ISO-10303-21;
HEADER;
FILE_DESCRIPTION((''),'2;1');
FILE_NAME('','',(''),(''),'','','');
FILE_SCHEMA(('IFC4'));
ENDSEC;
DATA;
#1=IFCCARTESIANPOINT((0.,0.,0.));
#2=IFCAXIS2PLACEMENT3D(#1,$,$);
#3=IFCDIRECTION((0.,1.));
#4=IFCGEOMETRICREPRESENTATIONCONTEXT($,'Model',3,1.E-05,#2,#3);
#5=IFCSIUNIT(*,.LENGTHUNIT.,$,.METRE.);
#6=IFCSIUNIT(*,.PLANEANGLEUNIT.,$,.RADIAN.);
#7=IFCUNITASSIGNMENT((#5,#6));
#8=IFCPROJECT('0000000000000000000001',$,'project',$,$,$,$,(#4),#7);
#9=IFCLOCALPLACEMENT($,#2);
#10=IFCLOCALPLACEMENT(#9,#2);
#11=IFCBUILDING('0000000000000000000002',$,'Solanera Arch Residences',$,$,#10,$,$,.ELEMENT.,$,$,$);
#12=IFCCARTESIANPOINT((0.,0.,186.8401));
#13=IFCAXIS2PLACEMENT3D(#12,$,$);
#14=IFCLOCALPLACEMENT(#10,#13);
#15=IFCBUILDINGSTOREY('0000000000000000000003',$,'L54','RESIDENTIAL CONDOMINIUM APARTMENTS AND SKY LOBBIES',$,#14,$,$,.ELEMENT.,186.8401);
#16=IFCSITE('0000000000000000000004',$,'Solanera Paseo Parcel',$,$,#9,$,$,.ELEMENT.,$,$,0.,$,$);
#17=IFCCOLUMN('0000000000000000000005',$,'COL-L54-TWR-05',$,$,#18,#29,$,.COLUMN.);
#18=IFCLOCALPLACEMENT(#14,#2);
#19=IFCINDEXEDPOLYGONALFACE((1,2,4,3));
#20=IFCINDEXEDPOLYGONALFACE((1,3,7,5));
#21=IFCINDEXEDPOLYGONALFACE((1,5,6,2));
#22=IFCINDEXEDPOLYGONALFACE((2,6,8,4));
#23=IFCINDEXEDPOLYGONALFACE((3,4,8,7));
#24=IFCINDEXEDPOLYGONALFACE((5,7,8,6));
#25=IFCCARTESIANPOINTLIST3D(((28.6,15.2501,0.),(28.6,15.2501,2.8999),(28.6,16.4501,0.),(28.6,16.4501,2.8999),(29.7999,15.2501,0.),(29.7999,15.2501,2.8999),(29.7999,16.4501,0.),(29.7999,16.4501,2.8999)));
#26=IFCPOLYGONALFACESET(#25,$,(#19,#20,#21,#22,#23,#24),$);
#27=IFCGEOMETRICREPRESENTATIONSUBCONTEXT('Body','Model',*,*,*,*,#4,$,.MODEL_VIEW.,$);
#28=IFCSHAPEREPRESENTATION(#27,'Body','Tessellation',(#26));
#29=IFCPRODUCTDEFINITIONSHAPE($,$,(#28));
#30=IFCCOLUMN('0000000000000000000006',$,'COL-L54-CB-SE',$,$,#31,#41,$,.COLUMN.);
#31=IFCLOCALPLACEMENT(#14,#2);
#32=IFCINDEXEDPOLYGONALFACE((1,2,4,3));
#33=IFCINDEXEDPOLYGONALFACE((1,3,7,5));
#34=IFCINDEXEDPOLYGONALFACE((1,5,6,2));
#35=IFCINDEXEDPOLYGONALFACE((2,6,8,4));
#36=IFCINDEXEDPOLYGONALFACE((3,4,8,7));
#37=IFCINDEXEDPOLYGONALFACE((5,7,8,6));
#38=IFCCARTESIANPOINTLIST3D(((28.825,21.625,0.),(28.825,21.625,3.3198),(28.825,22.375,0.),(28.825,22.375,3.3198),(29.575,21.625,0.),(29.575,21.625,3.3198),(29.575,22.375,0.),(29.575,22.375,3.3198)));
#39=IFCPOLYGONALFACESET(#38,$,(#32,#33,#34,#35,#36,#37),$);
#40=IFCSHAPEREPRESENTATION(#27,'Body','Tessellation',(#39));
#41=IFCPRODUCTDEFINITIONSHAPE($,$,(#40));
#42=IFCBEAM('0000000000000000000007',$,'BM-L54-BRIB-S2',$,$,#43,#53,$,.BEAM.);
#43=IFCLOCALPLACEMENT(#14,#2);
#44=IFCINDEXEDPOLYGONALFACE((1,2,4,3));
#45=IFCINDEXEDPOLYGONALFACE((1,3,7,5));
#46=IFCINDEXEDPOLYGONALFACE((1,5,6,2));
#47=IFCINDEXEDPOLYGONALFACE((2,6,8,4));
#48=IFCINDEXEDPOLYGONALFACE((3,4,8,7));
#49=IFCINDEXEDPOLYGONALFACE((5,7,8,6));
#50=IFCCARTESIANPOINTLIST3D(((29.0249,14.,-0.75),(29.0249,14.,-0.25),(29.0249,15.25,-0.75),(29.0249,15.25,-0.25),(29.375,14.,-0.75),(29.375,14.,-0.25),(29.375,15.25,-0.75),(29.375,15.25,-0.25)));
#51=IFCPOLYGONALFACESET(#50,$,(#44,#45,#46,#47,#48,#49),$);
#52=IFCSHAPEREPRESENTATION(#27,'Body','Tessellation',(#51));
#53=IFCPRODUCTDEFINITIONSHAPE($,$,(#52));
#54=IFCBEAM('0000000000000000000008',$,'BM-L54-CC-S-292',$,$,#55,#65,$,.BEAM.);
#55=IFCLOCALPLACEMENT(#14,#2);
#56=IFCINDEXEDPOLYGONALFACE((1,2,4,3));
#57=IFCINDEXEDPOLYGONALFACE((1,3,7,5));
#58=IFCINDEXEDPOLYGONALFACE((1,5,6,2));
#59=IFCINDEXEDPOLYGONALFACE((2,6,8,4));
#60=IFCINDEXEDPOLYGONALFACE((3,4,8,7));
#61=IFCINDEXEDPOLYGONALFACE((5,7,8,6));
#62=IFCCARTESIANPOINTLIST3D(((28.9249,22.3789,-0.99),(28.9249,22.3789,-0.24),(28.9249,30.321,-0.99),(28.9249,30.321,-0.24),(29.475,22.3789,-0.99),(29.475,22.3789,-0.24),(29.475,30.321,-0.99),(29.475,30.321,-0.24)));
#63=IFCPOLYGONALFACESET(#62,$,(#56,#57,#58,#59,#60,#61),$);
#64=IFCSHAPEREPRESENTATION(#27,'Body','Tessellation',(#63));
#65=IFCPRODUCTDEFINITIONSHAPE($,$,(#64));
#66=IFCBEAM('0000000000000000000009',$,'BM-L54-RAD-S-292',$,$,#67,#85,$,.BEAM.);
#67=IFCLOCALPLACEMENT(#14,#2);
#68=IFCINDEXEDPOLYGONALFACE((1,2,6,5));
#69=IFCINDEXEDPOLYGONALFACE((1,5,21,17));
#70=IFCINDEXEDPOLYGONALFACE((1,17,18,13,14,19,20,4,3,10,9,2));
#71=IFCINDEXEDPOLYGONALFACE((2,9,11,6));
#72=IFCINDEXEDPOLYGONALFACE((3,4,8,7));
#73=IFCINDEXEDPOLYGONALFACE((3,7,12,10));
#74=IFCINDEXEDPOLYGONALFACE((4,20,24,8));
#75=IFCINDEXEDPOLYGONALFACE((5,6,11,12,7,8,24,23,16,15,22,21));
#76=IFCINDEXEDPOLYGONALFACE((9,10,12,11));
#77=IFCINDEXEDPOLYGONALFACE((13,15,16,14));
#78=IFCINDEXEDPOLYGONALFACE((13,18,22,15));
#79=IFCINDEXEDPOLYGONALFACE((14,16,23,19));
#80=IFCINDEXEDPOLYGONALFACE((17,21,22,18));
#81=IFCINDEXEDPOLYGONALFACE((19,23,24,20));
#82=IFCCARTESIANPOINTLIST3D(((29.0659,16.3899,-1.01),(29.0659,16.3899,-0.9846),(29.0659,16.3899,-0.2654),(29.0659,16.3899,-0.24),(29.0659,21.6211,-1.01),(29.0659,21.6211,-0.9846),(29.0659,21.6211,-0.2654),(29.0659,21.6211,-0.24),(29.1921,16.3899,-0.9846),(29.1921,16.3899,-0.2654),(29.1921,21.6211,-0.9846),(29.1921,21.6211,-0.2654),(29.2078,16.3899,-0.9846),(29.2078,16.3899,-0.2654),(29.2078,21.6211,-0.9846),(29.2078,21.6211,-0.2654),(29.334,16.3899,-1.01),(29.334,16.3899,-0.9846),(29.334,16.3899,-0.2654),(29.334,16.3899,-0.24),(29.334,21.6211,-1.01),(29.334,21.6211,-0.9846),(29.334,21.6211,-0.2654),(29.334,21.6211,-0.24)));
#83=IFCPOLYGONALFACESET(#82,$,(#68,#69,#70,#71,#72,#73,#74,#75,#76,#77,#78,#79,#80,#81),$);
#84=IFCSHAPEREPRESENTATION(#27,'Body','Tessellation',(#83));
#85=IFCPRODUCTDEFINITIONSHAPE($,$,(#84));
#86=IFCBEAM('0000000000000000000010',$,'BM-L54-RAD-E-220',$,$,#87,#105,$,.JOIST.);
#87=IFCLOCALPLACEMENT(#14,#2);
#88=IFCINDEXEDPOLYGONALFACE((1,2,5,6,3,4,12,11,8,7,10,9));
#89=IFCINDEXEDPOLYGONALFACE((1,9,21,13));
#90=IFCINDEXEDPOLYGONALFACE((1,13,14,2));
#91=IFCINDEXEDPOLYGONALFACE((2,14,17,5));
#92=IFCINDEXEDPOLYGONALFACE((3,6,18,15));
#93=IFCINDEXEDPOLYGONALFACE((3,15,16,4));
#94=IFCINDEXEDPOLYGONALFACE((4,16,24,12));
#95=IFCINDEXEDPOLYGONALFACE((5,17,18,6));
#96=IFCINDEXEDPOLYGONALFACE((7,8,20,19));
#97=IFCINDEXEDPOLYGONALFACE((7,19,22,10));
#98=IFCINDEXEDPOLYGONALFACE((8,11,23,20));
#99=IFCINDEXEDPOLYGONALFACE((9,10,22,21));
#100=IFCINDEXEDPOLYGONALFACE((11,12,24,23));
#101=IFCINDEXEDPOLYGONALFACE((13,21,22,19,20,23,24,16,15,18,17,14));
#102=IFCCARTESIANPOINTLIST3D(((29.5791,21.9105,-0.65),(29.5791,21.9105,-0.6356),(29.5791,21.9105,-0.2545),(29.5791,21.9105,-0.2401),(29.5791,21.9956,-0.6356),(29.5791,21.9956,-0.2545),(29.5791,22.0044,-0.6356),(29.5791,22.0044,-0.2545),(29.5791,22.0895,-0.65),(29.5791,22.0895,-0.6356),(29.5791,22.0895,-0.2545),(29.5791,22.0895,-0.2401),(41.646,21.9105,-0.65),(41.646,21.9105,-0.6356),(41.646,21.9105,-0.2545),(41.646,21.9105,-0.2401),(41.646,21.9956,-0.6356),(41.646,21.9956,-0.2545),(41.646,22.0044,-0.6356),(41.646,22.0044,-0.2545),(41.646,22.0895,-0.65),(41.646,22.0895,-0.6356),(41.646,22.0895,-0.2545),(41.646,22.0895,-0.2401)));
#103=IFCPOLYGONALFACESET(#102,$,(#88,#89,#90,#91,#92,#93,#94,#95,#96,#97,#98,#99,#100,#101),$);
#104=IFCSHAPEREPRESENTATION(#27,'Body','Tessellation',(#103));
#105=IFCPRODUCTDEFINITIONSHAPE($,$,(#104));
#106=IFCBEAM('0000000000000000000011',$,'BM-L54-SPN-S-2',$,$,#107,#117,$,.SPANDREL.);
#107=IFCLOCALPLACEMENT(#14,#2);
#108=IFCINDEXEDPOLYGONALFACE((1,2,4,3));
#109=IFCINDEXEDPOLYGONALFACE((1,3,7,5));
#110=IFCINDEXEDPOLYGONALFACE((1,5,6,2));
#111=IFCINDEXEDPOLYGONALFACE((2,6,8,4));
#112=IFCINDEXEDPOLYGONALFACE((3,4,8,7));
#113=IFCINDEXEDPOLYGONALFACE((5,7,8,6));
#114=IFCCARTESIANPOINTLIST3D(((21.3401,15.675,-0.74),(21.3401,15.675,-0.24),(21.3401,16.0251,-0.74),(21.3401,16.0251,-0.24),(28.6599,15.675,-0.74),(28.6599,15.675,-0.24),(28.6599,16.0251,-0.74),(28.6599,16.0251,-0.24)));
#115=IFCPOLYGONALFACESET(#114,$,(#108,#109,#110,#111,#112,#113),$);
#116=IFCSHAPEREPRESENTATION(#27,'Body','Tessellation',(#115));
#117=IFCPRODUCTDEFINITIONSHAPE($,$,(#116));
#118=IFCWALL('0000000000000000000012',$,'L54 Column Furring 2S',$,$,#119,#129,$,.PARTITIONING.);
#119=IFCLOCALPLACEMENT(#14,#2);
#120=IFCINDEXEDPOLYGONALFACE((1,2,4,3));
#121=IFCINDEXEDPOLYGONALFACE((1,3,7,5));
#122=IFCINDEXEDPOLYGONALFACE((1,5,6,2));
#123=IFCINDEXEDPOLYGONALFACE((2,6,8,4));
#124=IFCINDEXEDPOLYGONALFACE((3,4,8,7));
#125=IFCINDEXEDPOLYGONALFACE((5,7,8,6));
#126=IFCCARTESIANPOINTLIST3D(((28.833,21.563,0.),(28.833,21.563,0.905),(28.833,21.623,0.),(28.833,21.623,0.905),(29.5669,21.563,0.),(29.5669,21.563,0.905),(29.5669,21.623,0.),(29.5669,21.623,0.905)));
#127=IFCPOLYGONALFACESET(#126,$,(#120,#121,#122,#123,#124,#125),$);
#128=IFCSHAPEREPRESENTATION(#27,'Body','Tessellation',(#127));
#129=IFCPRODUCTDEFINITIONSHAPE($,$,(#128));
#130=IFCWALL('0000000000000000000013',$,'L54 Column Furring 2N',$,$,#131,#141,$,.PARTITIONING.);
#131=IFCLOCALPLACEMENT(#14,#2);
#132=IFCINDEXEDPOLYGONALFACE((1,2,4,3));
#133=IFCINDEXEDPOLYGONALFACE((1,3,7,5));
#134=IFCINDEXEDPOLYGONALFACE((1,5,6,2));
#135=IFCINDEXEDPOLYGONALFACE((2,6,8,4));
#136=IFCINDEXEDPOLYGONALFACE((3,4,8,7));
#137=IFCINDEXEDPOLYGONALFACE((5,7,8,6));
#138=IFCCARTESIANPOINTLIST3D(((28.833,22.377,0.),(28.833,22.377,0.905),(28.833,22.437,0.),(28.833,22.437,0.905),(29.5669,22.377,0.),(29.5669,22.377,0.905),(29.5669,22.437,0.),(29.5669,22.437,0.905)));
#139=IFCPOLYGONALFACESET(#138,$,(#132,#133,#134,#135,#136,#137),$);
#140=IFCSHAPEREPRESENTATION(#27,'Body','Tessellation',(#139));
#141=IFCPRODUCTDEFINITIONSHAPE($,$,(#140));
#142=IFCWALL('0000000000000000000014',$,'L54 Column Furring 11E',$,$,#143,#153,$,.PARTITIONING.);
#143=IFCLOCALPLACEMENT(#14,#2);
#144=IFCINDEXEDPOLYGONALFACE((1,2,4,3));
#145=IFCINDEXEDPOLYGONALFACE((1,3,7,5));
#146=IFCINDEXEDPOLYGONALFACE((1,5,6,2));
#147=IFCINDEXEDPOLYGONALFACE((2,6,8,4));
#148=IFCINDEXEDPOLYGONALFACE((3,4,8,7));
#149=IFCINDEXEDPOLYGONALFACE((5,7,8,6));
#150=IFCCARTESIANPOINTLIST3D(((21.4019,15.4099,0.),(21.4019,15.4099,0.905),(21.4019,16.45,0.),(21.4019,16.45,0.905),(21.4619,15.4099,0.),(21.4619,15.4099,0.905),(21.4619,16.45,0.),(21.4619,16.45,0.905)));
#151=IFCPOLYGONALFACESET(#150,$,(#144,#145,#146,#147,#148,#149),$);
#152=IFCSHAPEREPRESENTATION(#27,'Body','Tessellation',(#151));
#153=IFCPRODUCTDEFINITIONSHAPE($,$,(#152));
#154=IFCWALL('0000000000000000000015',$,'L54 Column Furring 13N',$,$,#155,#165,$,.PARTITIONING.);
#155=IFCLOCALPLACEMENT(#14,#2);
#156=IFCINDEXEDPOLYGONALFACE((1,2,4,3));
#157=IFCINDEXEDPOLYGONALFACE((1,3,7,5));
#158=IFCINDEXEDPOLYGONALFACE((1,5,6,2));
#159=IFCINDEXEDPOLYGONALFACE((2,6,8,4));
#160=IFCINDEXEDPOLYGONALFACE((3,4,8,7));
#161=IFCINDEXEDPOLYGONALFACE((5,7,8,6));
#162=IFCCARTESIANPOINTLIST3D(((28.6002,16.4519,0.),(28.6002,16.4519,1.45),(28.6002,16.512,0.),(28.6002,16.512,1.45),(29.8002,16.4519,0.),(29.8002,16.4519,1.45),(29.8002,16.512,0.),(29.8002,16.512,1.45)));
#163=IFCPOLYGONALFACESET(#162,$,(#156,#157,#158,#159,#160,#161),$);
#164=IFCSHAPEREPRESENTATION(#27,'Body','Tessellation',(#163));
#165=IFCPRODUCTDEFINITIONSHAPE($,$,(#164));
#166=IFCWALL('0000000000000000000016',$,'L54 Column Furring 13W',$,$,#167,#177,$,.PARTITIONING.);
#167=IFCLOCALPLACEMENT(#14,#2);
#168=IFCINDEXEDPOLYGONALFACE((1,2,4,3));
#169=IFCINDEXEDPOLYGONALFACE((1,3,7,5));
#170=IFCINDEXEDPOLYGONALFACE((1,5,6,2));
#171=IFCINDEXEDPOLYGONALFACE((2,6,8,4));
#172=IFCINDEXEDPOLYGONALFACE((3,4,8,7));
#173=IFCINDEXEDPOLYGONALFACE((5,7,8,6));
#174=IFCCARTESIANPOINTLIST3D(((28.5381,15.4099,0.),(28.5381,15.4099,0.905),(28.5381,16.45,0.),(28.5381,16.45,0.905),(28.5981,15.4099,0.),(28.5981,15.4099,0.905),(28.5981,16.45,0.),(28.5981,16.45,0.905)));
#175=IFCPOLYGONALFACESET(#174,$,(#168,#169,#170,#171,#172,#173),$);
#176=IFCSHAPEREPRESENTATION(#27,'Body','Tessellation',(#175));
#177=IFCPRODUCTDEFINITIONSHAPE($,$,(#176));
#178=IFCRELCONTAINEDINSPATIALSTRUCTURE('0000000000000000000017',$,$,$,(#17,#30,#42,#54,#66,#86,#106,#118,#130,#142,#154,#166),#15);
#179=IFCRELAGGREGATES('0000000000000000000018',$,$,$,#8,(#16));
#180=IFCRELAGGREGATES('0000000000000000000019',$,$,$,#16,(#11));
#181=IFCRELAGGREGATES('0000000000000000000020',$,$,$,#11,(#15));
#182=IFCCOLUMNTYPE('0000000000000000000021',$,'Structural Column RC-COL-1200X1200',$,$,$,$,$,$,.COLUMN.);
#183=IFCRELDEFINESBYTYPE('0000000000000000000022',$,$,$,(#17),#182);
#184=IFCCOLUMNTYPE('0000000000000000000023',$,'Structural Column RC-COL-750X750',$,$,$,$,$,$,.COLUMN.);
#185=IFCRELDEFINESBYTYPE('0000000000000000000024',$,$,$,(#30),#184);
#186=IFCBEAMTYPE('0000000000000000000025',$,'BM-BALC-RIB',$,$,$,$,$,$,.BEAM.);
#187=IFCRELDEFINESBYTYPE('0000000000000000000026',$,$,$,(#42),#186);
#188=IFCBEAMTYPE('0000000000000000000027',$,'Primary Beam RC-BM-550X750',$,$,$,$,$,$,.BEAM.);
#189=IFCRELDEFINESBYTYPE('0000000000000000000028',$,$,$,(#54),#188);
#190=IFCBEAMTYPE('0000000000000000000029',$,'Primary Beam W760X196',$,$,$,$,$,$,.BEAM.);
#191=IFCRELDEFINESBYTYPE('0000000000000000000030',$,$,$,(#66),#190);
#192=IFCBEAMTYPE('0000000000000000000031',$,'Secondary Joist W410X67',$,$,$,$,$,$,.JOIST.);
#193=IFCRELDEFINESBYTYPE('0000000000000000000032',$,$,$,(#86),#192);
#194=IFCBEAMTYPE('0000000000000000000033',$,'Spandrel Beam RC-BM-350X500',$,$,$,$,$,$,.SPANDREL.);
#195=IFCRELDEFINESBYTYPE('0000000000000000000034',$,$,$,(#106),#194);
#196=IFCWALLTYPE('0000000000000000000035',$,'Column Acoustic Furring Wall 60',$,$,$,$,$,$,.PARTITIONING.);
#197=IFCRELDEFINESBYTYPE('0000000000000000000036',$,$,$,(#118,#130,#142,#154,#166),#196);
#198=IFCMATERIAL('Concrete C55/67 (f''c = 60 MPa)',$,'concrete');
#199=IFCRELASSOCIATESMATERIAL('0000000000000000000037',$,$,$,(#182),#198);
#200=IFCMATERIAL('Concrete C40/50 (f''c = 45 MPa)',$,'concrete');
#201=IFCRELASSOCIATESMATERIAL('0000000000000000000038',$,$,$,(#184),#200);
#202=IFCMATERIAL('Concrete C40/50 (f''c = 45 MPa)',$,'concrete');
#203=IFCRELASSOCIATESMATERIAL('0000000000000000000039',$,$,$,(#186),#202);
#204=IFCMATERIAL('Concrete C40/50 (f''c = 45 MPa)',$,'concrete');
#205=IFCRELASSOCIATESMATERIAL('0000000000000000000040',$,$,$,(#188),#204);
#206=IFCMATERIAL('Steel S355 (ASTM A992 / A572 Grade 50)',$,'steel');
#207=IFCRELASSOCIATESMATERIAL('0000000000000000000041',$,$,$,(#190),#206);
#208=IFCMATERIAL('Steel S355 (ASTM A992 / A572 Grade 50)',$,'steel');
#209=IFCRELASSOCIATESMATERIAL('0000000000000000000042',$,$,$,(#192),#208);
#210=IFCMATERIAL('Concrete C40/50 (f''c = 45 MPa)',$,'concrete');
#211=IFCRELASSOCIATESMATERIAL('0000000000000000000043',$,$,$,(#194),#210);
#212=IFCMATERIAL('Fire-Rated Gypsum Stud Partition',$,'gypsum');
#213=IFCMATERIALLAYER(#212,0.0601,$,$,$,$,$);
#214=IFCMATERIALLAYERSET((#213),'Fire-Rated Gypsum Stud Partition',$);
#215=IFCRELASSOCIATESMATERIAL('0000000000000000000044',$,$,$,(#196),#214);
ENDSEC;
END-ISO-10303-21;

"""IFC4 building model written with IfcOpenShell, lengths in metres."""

from ifc_helpers import new_model, si_unit, direction, frame, frame_2d, origin, origin_2d, place, context, subcontext, project, spatial, rectangle, i_section, extrude, material, layer, layer_set, material_profile, profile_set, type_object, element, save


model = new_model("IFC4")

# Units and contexts
model_context = context("Model", 3, precision=1e-05, world=origin(), true_north=direction((0.0, 1.0)))
body_context = subcontext(model_context, "Body", "Model", "MODEL_VIEW")
ifc_project = project(units=[si_unit("LENGTHUNIT", "METRE"), si_unit("PLANEANGLEUNIT", "RADIAN")], contexts=[model_context])

# Site, building, storey
site_placement = place(None, origin())
site = spatial("IfcSite", under=ifc_project, at=site_placement, Name="Solanera Paseo Parcel", CompositionType="ELEMENT", RefElevation=0.0)
building_placement = place(site_placement, origin())
building = spatial("IfcBuilding", under=site, at=building_placement, Name="Solanera Arch Residences", CompositionType="ELEMENT")
storey_placement = place(building_placement, frame((0.0, 0.0, 186.8401)))
storey = spatial("IfcBuildingStorey", under=building, at=storey_placement, Name="L54", Description="RESIDENTIAL CONDOMINIUM APARTMENTS AND SKY LOBBIES", CompositionType="ELEMENT", Elevation=186.8401)

# Columns
ifc_material_1 = material(Name="Concrete C55/67 (f'c = 60 MPa)", Category="concrete")
ifc_material_profile_1 = material_profile(ifc_material_1, rectangle(XDim=1.2, YDim=1.2, at=origin_2d()))
ifc_profile_set_1 = profile_set([ifc_material_profile_1], Name="Concrete C55/67 (f'c = 60 MPa)")
column_type_1 = type_object("IfcColumnType", Name="Structural Column RC-COL-1200X1200", PredefinedType="COLUMN", material=ifc_profile_set_1)
column_1_placement = place(storey_placement, frame((29.2, 15.8501, 0.0), z_axis=(0.0, 0.0, 1.0), x_axis=(1.0, 0.0, 0.0)))
element("IfcColumn", 1, at=column_1_placement, inside=storey, type_object=column_type_1, Name="COL-L54-TWR-05", PredefinedType="COLUMN", context=body_context, shape_type="SweptSolid", body=[
    extrude(rectangle(XDim=1.2, YDim=1.2, at=origin_2d()), origin(), (0.0, 0.0, 1.0), 2.8999),
])
ifc_material_2 = material(Name="Concrete C40/50 (f'c = 45 MPa)", Category="concrete")
ifc_material_profile_2 = material_profile(ifc_material_2, rectangle(XDim=0.75, YDim=0.75, at=origin_2d()))
ifc_profile_set_2 = profile_set([ifc_material_profile_2], Name="Concrete C40/50 (f'c = 45 MPa)")
column_type_2 = type_object("IfcColumnType", Name="Structural Column RC-COL-750X750", PredefinedType="COLUMN", material=ifc_profile_set_2)
column_2_placement = place(storey_placement, frame((29.2, 22.0, 0.0), z_axis=(0.0, 0.0, 1.0), x_axis=(1.0, 0.0, 0.0)))
element("IfcColumn", 2, at=column_2_placement, inside=storey, type_object=column_type_2, Name="COL-L54-CB-SE", PredefinedType="COLUMN", context=body_context, shape_type="SweptSolid", body=[
    extrude(rectangle(XDim=0.75, YDim=0.75, at=origin_2d()), origin(), (0.0, 0.0, 1.0), 3.3198),
])

# Beams
ifc_material_3 = material(Name="Concrete C40/50 (f'c = 45 MPa)", Category="concrete")
ifc_material_profile_3 = material_profile(ifc_material_3, rectangle(XDim=0.3501, YDim=0.5, at=origin_2d()))
ifc_profile_set_3 = profile_set([ifc_material_profile_3], Name="Concrete C40/50 (f'c = 45 MPa)")
beam_type_1 = type_object("IfcBeamType", Name="BM-BALC-RIB", PredefinedType="BEAM", material=ifc_profile_set_3)
beam_1_placement = place(storey_placement, frame((29.2, 14.0, -0.5), z_axis=(0.0, 1.0, 0.0), x_axis=(-1.0, 0.0, 0.0)))
element("IfcBeam", 3, at=beam_1_placement, inside=storey, type_object=beam_type_1, Name="BM-L54-BRIB-S2", PredefinedType="BEAM", context=body_context, shape_type="SweptSolid", body=[
    extrude(rectangle(XDim=0.3501, YDim=0.5, at=origin_2d()), origin(), (0.0, 0.0, 1.0), 1.25),
])
ifc_material_4 = material(Name="Concrete C40/50 (f'c = 45 MPa)", Category="concrete")
ifc_material_profile_4 = material_profile(ifc_material_4, rectangle(XDim=0.55, YDim=0.75, at=origin_2d()))
ifc_profile_set_4 = profile_set([ifc_material_profile_4], Name="Concrete C40/50 (f'c = 45 MPa)")
beam_type_2 = type_object("IfcBeamType", Name="Primary Beam RC-BM-550X750", PredefinedType="BEAM", material=ifc_profile_set_4)
beam_2_placement = place(storey_placement, frame((29.2, 22.3789, -0.615), z_axis=(0.0, 1.0, 0.0), x_axis=(-1.0, 0.0, 0.0)))
element("IfcBeam", 4, at=beam_2_placement, inside=storey, type_object=beam_type_2, Name="BM-L54-CC-S-292", PredefinedType="BEAM", context=body_context, shape_type="SweptSolid", body=[
    extrude(rectangle(XDim=0.55, YDim=0.75, at=origin_2d()), origin(), (0.0, 0.0, 1.0), 7.9421),
])
ifc_material_5 = material(Name="Steel S355 (ASTM A992 / A572 Grade 50)", Category="steel")
ifc_material_profile_5 = material_profile(ifc_material_5, i_section(OverallWidth=0.2681, OverallDepth=0.77, WebThickness=0.0156, FlangeThickness=0.0254, at=origin_2d()))
ifc_profile_set_5 = profile_set([ifc_material_profile_5], Name="Steel S355 (ASTM A992 / A572 Grade 50)")
beam_type_3 = type_object("IfcBeamType", Name="Primary Beam W760X196", PredefinedType="BEAM", material=ifc_profile_set_5)
beam_3_placement = place(storey_placement, frame((29.2, 16.3899, -0.625), z_axis=(0.0, 1.0, 0.0), x_axis=(-1.0, 0.0, 0.0)))
element("IfcBeam", 5, at=beam_3_placement, inside=storey, type_object=beam_type_3, Name="BM-L54-RAD-S-292", PredefinedType="BEAM", context=body_context, shape_type="SweptSolid", body=[
    extrude(i_section(OverallWidth=0.2681, OverallDepth=0.77, WebThickness=0.0156, FlangeThickness=0.0254, at=origin_2d()), origin(), (0.0, 0.0, 1.0), 5.2312),
])
ifc_material_6 = material(Name="Steel S355 (ASTM A992 / A572 Grade 50)", Category="steel")
ifc_material_profile_6 = material_profile(ifc_material_6, i_section(OverallWidth=0.179, OverallDepth=0.4099, WebThickness=0.0088, FlangeThickness=0.0144, at=origin_2d()))
ifc_profile_set_6 = profile_set([ifc_material_profile_6], Name="Steel S355 (ASTM A992 / A572 Grade 50)")
beam_type_4 = type_object("IfcBeamType", Name="Secondary Joist W410X67", PredefinedType="JOIST", material=ifc_profile_set_6)
beam_4_placement = place(storey_placement, frame((29.5791, 22.0, -0.4451), z_axis=(1.0, 0.0, 0.0), x_axis=(0.0, 1.0, 0.0)))
element("IfcBeam", 6, at=beam_4_placement, inside=storey, type_object=beam_type_4, Name="BM-L54-RAD-E-220", PredefinedType="JOIST", context=body_context, shape_type="SweptSolid", body=[
    extrude(i_section(OverallWidth=0.179, OverallDepth=0.4099, WebThickness=0.0088, FlangeThickness=0.0144, at=origin_2d()), origin(), (0.0, 0.0, 1.0), 12.0669),
])
ifc_material_7 = material(Name="Concrete C40/50 (f'c = 45 MPa)", Category="concrete")
ifc_material_profile_7 = material_profile(ifc_material_7, rectangle(XDim=0.3501, YDim=0.5, at=origin_2d()))
ifc_profile_set_7 = profile_set([ifc_material_profile_7], Name="Concrete C40/50 (f'c = 45 MPa)")
beam_type_5 = type_object("IfcBeamType", Name="Spandrel Beam RC-BM-350X500", PredefinedType="SPANDREL", material=ifc_profile_set_7)
beam_5_placement = place(storey_placement, frame((21.3401, 15.8501, -0.49), z_axis=(1.0, 0.0, 0.0), x_axis=(0.0, 1.0, 0.0)))
element("IfcBeam", 7, at=beam_5_placement, inside=storey, type_object=beam_type_5, Name="BM-L54-SPN-S-2", PredefinedType="SPANDREL", context=body_context, shape_type="SweptSolid", body=[
    extrude(rectangle(XDim=0.3501, YDim=0.5, at=origin_2d()), origin(), (0.0, 0.0, 1.0), 7.3198),
])

# Walls
ifc_material_8 = material(Name="Fire-Rated Gypsum Stud Partition", Category="gypsum")
ifc_layer_1 = layer(ifc_material_8, 0.0601)
ifc_layer_set_1 = layer_set([ifc_layer_1], Name="Fire-Rated Gypsum Stud Partition")
wall_type_1 = type_object("IfcWallType", Name="Column Acoustic Furring Wall 60", PredefinedType="PARTITIONING", material=ifc_layer_set_1)
for number, where, z_axis, x_axis, name in (
    (8, (28.833, 21.593, 0.0), (0.0, 0.0, 1.0), (1.0, 0.0, 0.0), "L54 Column Furring 2S"),
    (9, (28.833, 22.407, 0.0), (0.0, 0.0, 1.0), (1.0, 0.0, 0.0), "L54 Column Furring 2N"),
):
    element("IfcWall", number, at=place(storey_placement, frame(where, z_axis=z_axis, x_axis=x_axis)), inside=storey, type_object=wall_type_1, Name=name, PredefinedType="PARTITIONING", context=body_context, shape_type="SweptSolid", body=[
        extrude(rectangle(XDim=0.7339, YDim=0.0601, at=frame_2d((0.3669, 0.0))), origin(), (0.0, 0.0, 1.0), 0.905),
    ])
wall_1_placement = place(storey_placement, frame((21.4319, 15.4099, 0.0), z_axis=(0.0, 0.0, 1.0), x_axis=(0.0, 1.0, 0.0)))
element("IfcWall", 10, at=wall_1_placement, inside=storey, type_object=wall_type_1, Name="L54 Column Furring 11E", PredefinedType="PARTITIONING", context=body_context, shape_type="SweptSolid", body=[
    extrude(rectangle(XDim=1.04, YDim=0.0601, at=frame_2d((0.52, 0.0))), origin(), (0.0, 0.0, 1.0), 0.905),
])
wall_2_placement = place(storey_placement, frame((28.6001, 16.4819, 0.0), z_axis=(0.0, 0.0, 1.0), x_axis=(1.0, 0.0, 0.0)))
element("IfcWall", 11, at=wall_2_placement, inside=storey, type_object=wall_type_1, Name="L54 Column Furring 13N", PredefinedType="PARTITIONING", context=body_context, shape_type="SweptSolid", body=[
    extrude(rectangle(XDim=1.2, YDim=0.0601, at=frame_2d((0.6001, 0.0))), origin(), (0.0, 0.0, 1.0), 1.45),
])
wall_3_placement = place(storey_placement, frame((28.5681, 15.4099, 0.0), z_axis=(0.0, 0.0, 1.0), x_axis=(0.0, 1.0, 0.0)))
element("IfcWall", 12, at=wall_3_placement, inside=storey, type_object=wall_type_1, Name="L54 Column Furring 13W", PredefinedType="PARTITIONING", context=body_context, shape_type="SweptSolid", body=[
    extrude(rectangle(XDim=1.04, YDim=0.0601, at=frame_2d((0.52, 0.0))), origin(), (0.0, 0.0, 1.0), 0.905),
])

save(model, "model.ifc")
